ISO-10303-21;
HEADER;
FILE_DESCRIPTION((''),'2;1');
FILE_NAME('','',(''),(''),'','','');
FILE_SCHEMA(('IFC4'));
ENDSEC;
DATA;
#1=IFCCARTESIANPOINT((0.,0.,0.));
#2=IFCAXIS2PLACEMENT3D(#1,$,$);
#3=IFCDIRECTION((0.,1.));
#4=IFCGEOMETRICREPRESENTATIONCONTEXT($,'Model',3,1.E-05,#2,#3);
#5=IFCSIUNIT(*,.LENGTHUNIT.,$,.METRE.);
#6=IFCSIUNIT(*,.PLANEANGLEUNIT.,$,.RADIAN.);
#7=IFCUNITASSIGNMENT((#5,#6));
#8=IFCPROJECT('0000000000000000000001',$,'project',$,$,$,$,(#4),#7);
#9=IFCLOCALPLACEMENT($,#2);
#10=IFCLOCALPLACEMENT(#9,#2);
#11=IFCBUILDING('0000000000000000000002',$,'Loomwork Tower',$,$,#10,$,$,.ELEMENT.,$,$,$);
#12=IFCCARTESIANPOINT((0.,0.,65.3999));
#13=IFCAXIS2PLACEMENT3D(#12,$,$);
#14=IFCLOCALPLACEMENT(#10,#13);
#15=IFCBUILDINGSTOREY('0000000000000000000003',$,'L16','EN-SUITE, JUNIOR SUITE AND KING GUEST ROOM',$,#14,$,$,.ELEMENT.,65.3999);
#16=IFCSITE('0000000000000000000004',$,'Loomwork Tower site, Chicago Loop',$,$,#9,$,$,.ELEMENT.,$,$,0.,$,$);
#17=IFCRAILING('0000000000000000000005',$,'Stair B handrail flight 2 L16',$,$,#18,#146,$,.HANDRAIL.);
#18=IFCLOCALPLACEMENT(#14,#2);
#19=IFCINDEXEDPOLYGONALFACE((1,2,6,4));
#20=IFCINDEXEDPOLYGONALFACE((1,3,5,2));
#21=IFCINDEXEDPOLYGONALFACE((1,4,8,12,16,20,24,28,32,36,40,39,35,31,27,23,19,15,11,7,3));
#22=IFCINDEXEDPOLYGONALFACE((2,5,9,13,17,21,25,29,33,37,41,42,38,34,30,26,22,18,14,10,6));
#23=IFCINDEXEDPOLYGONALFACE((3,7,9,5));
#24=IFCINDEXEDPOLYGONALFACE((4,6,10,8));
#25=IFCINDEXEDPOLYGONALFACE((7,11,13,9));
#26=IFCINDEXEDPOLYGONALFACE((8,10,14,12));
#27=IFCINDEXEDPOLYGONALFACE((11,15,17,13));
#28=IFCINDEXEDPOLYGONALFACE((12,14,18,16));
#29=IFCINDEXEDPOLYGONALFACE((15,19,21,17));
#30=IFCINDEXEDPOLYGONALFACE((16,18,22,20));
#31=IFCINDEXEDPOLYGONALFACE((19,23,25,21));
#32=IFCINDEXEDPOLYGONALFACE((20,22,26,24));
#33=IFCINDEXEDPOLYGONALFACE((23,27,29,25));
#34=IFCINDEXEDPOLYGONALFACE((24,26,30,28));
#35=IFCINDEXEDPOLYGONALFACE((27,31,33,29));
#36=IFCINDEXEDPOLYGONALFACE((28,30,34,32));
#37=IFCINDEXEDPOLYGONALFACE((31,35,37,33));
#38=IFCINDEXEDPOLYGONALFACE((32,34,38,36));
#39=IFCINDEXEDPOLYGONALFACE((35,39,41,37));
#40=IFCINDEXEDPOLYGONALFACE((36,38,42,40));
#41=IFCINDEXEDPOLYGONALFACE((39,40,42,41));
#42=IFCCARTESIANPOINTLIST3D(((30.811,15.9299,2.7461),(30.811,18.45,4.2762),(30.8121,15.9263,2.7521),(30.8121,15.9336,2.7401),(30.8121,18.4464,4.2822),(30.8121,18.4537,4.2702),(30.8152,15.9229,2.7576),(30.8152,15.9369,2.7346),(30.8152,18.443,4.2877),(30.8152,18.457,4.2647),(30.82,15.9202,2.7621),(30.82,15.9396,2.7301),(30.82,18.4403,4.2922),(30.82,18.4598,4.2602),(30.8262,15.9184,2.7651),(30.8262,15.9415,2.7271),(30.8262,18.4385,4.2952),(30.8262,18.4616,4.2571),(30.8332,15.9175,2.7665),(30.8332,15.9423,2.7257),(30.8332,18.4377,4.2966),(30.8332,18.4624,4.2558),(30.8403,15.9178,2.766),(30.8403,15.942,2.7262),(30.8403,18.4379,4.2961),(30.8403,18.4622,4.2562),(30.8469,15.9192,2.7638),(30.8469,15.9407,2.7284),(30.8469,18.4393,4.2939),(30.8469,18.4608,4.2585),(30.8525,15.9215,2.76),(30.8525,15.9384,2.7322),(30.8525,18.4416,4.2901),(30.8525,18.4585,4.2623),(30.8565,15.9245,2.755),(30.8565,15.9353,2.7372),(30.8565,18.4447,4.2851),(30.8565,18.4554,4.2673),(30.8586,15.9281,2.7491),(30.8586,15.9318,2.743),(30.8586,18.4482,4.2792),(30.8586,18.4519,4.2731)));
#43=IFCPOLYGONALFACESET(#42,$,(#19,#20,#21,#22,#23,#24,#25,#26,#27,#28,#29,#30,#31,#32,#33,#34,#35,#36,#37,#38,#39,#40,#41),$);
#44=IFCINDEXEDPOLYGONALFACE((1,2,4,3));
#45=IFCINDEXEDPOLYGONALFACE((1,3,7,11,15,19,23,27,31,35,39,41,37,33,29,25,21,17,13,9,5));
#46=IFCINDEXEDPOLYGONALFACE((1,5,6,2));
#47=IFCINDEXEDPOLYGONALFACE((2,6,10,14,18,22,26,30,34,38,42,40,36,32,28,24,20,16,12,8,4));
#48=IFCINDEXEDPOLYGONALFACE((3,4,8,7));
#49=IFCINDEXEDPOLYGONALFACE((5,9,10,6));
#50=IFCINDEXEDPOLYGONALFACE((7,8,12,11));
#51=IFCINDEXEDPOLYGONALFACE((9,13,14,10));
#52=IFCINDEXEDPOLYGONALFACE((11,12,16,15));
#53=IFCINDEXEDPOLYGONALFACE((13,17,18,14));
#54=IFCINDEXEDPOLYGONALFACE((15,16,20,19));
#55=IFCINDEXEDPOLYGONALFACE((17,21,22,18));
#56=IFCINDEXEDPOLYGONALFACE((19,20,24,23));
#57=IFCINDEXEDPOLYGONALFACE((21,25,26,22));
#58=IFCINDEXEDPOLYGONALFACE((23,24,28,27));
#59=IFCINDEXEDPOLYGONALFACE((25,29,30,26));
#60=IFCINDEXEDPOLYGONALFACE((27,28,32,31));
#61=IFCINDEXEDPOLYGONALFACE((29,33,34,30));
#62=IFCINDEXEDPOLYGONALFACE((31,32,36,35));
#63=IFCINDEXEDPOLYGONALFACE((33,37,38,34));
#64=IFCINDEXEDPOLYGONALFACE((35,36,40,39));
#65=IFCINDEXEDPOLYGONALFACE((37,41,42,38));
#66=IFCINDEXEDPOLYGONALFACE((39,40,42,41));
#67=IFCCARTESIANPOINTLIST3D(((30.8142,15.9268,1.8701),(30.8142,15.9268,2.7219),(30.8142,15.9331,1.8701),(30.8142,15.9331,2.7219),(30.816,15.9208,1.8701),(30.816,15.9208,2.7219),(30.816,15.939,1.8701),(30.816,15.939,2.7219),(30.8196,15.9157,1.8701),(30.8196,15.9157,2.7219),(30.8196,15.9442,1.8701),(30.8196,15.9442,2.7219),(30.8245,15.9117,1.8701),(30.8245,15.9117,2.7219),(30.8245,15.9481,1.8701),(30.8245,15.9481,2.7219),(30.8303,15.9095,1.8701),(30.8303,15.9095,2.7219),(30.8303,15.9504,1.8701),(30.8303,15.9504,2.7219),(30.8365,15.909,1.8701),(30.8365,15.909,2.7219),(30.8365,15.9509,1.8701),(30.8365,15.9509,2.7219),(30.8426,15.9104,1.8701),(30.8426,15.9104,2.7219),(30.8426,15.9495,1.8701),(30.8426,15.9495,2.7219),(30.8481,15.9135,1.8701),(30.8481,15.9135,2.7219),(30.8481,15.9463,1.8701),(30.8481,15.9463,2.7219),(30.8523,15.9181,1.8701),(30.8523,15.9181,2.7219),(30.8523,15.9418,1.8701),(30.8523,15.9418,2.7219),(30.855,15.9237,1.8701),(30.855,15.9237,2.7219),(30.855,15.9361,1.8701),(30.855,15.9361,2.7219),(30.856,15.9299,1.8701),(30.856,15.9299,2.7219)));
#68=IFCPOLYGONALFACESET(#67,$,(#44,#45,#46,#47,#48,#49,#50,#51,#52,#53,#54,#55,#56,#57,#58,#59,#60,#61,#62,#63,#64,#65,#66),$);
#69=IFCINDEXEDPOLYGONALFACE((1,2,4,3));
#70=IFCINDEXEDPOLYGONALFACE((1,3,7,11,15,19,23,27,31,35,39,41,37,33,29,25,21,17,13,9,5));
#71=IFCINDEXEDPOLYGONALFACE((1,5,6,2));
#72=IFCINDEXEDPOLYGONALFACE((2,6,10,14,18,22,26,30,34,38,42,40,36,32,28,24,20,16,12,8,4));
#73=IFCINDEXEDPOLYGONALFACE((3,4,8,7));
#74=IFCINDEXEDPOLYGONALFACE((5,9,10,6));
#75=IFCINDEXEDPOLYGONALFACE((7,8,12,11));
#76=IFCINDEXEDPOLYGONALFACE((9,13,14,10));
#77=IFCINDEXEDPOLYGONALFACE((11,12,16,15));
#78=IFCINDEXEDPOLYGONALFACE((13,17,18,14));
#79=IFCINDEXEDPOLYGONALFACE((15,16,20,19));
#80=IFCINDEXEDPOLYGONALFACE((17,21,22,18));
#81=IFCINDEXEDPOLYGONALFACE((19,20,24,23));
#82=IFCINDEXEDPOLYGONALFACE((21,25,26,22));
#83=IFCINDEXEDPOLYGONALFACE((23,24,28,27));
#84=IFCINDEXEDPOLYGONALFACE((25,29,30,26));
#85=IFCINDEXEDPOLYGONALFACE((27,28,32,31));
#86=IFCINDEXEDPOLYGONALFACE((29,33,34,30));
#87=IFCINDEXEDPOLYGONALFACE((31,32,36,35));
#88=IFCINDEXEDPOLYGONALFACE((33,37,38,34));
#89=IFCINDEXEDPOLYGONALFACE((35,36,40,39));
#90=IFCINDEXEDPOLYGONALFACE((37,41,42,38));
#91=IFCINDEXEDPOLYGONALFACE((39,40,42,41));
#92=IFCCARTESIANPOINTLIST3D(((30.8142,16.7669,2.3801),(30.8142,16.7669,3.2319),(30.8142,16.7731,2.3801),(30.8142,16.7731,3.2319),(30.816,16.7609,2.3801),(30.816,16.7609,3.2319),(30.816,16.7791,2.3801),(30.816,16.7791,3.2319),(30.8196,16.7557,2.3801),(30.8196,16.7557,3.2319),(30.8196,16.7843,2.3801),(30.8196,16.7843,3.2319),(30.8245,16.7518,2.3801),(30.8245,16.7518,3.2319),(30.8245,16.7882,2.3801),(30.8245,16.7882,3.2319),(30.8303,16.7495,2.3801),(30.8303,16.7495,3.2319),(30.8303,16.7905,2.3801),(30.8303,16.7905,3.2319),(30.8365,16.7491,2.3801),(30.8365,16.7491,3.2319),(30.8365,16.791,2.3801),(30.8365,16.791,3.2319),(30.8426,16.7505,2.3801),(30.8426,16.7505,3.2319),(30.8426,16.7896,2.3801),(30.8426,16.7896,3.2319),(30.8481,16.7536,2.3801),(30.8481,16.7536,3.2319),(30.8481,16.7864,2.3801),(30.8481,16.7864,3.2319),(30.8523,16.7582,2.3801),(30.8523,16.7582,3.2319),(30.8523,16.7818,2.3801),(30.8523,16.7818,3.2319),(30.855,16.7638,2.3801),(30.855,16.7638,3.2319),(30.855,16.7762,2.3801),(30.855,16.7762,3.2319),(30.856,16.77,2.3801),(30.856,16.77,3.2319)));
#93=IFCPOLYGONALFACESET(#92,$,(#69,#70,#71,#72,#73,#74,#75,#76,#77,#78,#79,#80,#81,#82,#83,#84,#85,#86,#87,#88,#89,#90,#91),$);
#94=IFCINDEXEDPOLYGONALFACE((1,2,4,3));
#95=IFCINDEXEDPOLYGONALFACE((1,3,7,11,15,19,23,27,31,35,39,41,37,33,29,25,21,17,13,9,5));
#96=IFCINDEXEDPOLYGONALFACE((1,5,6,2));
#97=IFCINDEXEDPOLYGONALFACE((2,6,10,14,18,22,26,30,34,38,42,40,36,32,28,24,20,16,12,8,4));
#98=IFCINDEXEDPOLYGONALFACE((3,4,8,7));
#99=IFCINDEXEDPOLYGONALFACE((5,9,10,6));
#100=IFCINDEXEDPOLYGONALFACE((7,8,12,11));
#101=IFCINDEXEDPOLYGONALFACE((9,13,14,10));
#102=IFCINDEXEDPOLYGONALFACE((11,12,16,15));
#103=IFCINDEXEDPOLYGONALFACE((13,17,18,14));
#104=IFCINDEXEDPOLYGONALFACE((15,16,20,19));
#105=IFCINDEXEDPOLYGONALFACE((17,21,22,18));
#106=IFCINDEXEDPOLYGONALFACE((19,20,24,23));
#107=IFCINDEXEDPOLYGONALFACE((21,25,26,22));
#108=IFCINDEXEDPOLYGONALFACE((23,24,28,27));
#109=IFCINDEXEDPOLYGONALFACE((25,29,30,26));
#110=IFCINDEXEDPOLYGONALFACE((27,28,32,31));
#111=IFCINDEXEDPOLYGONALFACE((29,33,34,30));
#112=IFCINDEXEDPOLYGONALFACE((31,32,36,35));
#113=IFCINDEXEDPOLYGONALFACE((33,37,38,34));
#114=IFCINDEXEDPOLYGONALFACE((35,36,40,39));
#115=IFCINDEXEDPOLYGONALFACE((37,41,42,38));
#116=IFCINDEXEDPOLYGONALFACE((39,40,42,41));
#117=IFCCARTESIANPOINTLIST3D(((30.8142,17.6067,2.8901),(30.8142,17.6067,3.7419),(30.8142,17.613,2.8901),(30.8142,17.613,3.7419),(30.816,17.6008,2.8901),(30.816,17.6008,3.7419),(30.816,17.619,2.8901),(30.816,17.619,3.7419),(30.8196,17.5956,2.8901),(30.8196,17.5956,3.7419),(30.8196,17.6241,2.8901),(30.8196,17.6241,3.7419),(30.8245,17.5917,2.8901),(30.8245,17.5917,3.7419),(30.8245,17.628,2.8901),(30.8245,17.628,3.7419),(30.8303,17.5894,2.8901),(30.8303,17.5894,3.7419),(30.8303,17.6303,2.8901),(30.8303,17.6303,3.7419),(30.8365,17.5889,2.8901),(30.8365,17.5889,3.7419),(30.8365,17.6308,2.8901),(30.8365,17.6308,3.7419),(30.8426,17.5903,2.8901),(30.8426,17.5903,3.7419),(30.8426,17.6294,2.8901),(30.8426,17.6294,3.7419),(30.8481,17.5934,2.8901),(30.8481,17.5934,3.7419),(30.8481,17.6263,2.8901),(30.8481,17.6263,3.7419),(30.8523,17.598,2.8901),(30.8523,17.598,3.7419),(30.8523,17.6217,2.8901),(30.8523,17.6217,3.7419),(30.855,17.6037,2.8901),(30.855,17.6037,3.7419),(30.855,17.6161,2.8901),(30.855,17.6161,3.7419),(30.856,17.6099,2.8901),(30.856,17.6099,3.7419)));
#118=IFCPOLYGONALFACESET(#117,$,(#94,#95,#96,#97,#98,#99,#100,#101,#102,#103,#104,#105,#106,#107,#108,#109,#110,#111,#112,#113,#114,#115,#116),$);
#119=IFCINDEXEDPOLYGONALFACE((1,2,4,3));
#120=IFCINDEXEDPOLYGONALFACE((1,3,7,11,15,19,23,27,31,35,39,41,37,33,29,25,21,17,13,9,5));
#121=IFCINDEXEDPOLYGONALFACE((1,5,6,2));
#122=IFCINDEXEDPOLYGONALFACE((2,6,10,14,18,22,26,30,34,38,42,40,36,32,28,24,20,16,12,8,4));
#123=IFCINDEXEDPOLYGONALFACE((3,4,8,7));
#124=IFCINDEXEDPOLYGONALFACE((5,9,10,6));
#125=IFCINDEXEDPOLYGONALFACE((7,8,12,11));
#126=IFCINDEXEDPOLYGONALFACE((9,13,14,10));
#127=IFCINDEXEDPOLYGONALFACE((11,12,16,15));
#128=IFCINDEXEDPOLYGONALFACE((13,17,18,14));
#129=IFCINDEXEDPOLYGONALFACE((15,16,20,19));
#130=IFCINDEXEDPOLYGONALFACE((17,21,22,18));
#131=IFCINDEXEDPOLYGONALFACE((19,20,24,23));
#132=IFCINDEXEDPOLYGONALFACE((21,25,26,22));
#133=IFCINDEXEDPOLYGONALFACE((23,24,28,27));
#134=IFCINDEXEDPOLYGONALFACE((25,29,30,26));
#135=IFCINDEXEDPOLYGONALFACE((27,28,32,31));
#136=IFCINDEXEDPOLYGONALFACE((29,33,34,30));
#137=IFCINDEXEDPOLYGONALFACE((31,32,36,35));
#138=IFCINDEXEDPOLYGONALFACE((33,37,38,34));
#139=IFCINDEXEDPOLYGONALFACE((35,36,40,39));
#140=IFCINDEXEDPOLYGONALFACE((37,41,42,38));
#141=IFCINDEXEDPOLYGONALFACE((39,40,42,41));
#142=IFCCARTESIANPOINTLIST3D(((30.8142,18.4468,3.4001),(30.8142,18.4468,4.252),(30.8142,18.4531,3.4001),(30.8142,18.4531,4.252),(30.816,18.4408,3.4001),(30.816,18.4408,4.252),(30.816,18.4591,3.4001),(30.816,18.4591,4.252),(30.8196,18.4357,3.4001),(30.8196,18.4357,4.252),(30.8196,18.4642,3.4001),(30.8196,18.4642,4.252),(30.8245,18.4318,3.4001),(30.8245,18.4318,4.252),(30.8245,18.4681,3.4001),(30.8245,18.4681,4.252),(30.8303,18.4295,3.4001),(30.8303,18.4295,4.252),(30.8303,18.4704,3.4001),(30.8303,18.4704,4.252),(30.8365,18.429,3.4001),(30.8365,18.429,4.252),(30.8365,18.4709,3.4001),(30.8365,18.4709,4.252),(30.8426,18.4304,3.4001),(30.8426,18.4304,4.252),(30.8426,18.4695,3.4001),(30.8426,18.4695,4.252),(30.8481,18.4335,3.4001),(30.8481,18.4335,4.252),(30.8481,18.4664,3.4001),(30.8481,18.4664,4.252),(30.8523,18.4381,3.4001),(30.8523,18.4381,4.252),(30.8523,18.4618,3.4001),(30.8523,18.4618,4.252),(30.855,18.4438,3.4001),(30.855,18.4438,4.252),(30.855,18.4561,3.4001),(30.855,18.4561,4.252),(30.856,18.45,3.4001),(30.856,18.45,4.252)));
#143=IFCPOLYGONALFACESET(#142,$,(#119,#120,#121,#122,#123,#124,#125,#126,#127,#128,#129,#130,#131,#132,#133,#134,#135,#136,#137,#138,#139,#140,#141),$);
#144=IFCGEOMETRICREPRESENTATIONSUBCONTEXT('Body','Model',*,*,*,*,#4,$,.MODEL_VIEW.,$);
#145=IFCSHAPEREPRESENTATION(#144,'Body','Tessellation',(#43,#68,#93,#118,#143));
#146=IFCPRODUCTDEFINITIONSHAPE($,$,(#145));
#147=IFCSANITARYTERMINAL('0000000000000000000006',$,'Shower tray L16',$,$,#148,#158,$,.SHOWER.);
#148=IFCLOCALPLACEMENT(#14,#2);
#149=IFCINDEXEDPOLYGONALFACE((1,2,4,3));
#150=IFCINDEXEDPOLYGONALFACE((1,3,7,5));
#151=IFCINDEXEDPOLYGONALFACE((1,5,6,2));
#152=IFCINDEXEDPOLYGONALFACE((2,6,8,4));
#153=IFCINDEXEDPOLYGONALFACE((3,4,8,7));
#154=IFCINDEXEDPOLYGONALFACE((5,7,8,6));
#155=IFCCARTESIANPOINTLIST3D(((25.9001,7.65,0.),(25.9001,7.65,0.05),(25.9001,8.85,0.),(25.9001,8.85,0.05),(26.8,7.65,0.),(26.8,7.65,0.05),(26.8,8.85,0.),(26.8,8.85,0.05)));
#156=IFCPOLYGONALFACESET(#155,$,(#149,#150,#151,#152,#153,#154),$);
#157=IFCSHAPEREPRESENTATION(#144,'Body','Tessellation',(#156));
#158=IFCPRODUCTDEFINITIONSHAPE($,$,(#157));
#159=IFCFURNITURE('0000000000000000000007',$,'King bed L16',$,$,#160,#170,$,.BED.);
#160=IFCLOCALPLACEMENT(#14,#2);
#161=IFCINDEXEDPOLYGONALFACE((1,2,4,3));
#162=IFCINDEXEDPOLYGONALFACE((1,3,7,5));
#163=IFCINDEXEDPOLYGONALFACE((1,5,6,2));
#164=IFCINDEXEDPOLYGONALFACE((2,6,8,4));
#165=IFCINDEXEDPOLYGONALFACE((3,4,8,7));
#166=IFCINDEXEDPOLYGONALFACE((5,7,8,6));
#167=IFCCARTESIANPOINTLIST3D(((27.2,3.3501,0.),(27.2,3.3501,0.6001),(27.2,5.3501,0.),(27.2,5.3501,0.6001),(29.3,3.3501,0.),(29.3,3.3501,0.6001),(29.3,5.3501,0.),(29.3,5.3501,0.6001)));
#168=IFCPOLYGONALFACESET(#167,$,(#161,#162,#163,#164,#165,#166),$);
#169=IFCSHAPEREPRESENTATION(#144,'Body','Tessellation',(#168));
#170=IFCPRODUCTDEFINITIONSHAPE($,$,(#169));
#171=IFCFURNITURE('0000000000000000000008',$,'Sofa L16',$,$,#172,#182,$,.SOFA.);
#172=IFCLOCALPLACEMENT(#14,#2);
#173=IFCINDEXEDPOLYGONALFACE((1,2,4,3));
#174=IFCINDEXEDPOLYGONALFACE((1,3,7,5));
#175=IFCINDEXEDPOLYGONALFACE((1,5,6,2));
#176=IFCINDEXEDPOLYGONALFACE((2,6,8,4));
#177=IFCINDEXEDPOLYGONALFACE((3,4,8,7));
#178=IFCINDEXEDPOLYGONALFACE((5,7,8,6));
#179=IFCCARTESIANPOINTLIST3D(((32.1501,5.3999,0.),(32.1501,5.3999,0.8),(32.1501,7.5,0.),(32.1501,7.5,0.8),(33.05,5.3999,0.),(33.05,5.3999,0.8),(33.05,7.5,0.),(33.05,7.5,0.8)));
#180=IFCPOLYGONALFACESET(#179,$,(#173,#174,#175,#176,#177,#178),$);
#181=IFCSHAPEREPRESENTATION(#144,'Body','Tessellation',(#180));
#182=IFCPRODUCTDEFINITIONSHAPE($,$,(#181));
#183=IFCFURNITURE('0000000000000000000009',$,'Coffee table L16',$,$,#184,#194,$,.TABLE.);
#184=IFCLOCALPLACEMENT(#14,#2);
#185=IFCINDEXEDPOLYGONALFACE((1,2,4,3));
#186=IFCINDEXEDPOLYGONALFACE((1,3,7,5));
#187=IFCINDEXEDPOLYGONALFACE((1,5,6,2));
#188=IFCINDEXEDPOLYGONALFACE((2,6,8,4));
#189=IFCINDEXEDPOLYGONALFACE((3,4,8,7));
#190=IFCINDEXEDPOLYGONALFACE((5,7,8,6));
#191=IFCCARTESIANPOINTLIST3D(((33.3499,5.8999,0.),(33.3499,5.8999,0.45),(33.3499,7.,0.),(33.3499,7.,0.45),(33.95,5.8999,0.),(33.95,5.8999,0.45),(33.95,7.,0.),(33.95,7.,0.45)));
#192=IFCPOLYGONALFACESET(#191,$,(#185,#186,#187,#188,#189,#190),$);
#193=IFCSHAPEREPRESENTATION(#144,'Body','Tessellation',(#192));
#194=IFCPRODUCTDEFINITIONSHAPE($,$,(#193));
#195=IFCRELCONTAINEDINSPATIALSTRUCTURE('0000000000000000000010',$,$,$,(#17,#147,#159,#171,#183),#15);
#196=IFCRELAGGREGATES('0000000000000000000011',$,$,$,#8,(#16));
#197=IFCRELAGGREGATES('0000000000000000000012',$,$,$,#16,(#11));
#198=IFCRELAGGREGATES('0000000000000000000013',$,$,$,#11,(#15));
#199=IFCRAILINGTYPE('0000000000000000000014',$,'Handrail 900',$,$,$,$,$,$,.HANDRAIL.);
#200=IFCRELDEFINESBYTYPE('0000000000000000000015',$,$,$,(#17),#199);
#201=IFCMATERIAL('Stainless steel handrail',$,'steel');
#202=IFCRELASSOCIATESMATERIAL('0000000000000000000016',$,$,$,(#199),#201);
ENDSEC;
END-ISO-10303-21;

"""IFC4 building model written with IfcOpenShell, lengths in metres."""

from ifc_helpers import new_model, si_unit, direction, frame, origin, origin_2d, place, context, subcontext, project, spatial, rectangle, circle, extrude, material, type_object, element, save


model = new_model("IFC4")

# Units and contexts
model_context = context("Model", 3, precision=1e-05, world=origin(), true_north=direction((0.0, 1.0)))
body_context = subcontext(model_context, "Body", "Model", "MODEL_VIEW")
ifc_project = project(units=[si_unit("LENGTHUNIT", "METRE"), si_unit("PLANEANGLEUNIT", "RADIAN")], contexts=[model_context])

# Site, building, storey
site_placement = place(None, origin())
site = spatial("IfcSite", under=ifc_project, at=site_placement, Name="Loomwork Tower site, Chicago Loop", CompositionType="ELEMENT", RefElevation=0.0)
building_placement = place(site_placement, origin())
building = spatial("IfcBuilding", under=site, at=building_placement, Name="Loomwork Tower", CompositionType="ELEMENT")
storey_placement = place(building_placement, frame((0.0, 0.0, 65.3999)))
storey = spatial("IfcBuildingStorey", under=building, at=storey_placement, Name="L16", Description="EN-SUITE, JUNIOR SUITE AND KING GUEST ROOM", CompositionType="ELEMENT", Elevation=65.3999)

# Railing
ifc_material_1 = material(Name="Stainless steel handrail", Category="steel")
railing_type = type_object("IfcRailingType", Name="Handrail 900", PredefinedType="HANDRAIL", material=ifc_material_1)
railing_placement = place(storey_placement, frame((30.835, 15.9299, 1.8701)))
element("IfcRailing", 1, at=railing_placement, inside=storey, type_object=railing_type, Name="Stair B handrail flight 2 L16", PredefinedType="HANDRAIL", context=body_context, shape_type="SweptSolid", body=[
    extrude(circle(Radius=0.0239, at=origin_2d()), frame((0.0, 0.0, 0.876), z_axis=(0.0, 0.854785, 0.518982), x_axis=(-1.0, 0.0, 0.0)), (0.0, 0.0, 1.0), 2.9482),
    extrude(circle(Radius=0.021, at=origin_2d()), origin(), (0.0, 0.0, 1.0), 0.8518),
    extrude(circle(Radius=0.021, at=origin_2d()), frame((0.0, 0.8401, 0.51)), (0.0, 0.0, 1.0), 0.8518),
    extrude(circle(Radius=0.021, at=origin_2d()), frame((0.0, 1.6799, 1.02)), (0.0, 0.0, 1.0), 0.8518),
    extrude(circle(Radius=0.021, at=origin_2d()), frame((0.0, 2.52, 1.53)), (0.0, 0.0, 1.0), 0.8518),
])

# Sanitary terminal
sanitary_terminal_placement = place(storey_placement, frame((26.3501, 8.25, 0.0), z_axis=(0.0, 0.0, 1.0), x_axis=(1.0, 0.0, 0.0)))
element("IfcSanitaryTerminal", 2, at=sanitary_terminal_placement, inside=storey, Name="Shower tray L16", PredefinedType="SHOWER", context=body_context, shape_type="SweptSolid", body=[
    extrude(rectangle(XDim=0.8999, YDim=1.2, at=origin_2d()), origin(), (0.0, 0.0, 1.0), 0.05),
])

# Furniture
furniture_1_placement = place(storey_placement, frame((28.25, 4.3501, 0.0), z_axis=(0.0, 0.0, 1.0), x_axis=(1.0, 0.0, 0.0)))
element("IfcFurniture", 3, at=furniture_1_placement, inside=storey, Name="King bed L16", PredefinedType="BED", context=body_context, shape_type="SweptSolid", body=[
    extrude(rectangle(XDim=2.1001, YDim=2.0, at=origin_2d()), origin(), (0.0, 0.0, 1.0), 0.6001),
])
furniture_2_placement = place(storey_placement, frame((32.6001, 6.45, 0.0), z_axis=(0.0, 0.0, 1.0), x_axis=(1.0, 0.0, 0.0)))
element("IfcFurniture", 4, at=furniture_2_placement, inside=storey, Name="Sofa L16", PredefinedType="SOFA", context=body_context, shape_type="SweptSolid", body=[
    extrude(rectangle(XDim=0.8999, YDim=2.1001, at=origin_2d()), origin(), (0.0, 0.0, 1.0), 0.8),
])
furniture_3_placement = place(storey_placement, frame((33.6499, 6.45, 0.0), z_axis=(0.0, 0.0, 1.0), x_axis=(1.0, 0.0, 0.0)))
element("IfcFurniture", 5, at=furniture_3_placement, inside=storey, Name="Coffee table L16", PredefinedType="TABLE", context=body_context, shape_type="SweptSolid", body=[
    extrude(rectangle(XDim=0.6001, YDim=1.1001, at=origin_2d()), origin(), (0.0, 0.0, 1.0), 0.45),
])

save(model, "model.ifc")
